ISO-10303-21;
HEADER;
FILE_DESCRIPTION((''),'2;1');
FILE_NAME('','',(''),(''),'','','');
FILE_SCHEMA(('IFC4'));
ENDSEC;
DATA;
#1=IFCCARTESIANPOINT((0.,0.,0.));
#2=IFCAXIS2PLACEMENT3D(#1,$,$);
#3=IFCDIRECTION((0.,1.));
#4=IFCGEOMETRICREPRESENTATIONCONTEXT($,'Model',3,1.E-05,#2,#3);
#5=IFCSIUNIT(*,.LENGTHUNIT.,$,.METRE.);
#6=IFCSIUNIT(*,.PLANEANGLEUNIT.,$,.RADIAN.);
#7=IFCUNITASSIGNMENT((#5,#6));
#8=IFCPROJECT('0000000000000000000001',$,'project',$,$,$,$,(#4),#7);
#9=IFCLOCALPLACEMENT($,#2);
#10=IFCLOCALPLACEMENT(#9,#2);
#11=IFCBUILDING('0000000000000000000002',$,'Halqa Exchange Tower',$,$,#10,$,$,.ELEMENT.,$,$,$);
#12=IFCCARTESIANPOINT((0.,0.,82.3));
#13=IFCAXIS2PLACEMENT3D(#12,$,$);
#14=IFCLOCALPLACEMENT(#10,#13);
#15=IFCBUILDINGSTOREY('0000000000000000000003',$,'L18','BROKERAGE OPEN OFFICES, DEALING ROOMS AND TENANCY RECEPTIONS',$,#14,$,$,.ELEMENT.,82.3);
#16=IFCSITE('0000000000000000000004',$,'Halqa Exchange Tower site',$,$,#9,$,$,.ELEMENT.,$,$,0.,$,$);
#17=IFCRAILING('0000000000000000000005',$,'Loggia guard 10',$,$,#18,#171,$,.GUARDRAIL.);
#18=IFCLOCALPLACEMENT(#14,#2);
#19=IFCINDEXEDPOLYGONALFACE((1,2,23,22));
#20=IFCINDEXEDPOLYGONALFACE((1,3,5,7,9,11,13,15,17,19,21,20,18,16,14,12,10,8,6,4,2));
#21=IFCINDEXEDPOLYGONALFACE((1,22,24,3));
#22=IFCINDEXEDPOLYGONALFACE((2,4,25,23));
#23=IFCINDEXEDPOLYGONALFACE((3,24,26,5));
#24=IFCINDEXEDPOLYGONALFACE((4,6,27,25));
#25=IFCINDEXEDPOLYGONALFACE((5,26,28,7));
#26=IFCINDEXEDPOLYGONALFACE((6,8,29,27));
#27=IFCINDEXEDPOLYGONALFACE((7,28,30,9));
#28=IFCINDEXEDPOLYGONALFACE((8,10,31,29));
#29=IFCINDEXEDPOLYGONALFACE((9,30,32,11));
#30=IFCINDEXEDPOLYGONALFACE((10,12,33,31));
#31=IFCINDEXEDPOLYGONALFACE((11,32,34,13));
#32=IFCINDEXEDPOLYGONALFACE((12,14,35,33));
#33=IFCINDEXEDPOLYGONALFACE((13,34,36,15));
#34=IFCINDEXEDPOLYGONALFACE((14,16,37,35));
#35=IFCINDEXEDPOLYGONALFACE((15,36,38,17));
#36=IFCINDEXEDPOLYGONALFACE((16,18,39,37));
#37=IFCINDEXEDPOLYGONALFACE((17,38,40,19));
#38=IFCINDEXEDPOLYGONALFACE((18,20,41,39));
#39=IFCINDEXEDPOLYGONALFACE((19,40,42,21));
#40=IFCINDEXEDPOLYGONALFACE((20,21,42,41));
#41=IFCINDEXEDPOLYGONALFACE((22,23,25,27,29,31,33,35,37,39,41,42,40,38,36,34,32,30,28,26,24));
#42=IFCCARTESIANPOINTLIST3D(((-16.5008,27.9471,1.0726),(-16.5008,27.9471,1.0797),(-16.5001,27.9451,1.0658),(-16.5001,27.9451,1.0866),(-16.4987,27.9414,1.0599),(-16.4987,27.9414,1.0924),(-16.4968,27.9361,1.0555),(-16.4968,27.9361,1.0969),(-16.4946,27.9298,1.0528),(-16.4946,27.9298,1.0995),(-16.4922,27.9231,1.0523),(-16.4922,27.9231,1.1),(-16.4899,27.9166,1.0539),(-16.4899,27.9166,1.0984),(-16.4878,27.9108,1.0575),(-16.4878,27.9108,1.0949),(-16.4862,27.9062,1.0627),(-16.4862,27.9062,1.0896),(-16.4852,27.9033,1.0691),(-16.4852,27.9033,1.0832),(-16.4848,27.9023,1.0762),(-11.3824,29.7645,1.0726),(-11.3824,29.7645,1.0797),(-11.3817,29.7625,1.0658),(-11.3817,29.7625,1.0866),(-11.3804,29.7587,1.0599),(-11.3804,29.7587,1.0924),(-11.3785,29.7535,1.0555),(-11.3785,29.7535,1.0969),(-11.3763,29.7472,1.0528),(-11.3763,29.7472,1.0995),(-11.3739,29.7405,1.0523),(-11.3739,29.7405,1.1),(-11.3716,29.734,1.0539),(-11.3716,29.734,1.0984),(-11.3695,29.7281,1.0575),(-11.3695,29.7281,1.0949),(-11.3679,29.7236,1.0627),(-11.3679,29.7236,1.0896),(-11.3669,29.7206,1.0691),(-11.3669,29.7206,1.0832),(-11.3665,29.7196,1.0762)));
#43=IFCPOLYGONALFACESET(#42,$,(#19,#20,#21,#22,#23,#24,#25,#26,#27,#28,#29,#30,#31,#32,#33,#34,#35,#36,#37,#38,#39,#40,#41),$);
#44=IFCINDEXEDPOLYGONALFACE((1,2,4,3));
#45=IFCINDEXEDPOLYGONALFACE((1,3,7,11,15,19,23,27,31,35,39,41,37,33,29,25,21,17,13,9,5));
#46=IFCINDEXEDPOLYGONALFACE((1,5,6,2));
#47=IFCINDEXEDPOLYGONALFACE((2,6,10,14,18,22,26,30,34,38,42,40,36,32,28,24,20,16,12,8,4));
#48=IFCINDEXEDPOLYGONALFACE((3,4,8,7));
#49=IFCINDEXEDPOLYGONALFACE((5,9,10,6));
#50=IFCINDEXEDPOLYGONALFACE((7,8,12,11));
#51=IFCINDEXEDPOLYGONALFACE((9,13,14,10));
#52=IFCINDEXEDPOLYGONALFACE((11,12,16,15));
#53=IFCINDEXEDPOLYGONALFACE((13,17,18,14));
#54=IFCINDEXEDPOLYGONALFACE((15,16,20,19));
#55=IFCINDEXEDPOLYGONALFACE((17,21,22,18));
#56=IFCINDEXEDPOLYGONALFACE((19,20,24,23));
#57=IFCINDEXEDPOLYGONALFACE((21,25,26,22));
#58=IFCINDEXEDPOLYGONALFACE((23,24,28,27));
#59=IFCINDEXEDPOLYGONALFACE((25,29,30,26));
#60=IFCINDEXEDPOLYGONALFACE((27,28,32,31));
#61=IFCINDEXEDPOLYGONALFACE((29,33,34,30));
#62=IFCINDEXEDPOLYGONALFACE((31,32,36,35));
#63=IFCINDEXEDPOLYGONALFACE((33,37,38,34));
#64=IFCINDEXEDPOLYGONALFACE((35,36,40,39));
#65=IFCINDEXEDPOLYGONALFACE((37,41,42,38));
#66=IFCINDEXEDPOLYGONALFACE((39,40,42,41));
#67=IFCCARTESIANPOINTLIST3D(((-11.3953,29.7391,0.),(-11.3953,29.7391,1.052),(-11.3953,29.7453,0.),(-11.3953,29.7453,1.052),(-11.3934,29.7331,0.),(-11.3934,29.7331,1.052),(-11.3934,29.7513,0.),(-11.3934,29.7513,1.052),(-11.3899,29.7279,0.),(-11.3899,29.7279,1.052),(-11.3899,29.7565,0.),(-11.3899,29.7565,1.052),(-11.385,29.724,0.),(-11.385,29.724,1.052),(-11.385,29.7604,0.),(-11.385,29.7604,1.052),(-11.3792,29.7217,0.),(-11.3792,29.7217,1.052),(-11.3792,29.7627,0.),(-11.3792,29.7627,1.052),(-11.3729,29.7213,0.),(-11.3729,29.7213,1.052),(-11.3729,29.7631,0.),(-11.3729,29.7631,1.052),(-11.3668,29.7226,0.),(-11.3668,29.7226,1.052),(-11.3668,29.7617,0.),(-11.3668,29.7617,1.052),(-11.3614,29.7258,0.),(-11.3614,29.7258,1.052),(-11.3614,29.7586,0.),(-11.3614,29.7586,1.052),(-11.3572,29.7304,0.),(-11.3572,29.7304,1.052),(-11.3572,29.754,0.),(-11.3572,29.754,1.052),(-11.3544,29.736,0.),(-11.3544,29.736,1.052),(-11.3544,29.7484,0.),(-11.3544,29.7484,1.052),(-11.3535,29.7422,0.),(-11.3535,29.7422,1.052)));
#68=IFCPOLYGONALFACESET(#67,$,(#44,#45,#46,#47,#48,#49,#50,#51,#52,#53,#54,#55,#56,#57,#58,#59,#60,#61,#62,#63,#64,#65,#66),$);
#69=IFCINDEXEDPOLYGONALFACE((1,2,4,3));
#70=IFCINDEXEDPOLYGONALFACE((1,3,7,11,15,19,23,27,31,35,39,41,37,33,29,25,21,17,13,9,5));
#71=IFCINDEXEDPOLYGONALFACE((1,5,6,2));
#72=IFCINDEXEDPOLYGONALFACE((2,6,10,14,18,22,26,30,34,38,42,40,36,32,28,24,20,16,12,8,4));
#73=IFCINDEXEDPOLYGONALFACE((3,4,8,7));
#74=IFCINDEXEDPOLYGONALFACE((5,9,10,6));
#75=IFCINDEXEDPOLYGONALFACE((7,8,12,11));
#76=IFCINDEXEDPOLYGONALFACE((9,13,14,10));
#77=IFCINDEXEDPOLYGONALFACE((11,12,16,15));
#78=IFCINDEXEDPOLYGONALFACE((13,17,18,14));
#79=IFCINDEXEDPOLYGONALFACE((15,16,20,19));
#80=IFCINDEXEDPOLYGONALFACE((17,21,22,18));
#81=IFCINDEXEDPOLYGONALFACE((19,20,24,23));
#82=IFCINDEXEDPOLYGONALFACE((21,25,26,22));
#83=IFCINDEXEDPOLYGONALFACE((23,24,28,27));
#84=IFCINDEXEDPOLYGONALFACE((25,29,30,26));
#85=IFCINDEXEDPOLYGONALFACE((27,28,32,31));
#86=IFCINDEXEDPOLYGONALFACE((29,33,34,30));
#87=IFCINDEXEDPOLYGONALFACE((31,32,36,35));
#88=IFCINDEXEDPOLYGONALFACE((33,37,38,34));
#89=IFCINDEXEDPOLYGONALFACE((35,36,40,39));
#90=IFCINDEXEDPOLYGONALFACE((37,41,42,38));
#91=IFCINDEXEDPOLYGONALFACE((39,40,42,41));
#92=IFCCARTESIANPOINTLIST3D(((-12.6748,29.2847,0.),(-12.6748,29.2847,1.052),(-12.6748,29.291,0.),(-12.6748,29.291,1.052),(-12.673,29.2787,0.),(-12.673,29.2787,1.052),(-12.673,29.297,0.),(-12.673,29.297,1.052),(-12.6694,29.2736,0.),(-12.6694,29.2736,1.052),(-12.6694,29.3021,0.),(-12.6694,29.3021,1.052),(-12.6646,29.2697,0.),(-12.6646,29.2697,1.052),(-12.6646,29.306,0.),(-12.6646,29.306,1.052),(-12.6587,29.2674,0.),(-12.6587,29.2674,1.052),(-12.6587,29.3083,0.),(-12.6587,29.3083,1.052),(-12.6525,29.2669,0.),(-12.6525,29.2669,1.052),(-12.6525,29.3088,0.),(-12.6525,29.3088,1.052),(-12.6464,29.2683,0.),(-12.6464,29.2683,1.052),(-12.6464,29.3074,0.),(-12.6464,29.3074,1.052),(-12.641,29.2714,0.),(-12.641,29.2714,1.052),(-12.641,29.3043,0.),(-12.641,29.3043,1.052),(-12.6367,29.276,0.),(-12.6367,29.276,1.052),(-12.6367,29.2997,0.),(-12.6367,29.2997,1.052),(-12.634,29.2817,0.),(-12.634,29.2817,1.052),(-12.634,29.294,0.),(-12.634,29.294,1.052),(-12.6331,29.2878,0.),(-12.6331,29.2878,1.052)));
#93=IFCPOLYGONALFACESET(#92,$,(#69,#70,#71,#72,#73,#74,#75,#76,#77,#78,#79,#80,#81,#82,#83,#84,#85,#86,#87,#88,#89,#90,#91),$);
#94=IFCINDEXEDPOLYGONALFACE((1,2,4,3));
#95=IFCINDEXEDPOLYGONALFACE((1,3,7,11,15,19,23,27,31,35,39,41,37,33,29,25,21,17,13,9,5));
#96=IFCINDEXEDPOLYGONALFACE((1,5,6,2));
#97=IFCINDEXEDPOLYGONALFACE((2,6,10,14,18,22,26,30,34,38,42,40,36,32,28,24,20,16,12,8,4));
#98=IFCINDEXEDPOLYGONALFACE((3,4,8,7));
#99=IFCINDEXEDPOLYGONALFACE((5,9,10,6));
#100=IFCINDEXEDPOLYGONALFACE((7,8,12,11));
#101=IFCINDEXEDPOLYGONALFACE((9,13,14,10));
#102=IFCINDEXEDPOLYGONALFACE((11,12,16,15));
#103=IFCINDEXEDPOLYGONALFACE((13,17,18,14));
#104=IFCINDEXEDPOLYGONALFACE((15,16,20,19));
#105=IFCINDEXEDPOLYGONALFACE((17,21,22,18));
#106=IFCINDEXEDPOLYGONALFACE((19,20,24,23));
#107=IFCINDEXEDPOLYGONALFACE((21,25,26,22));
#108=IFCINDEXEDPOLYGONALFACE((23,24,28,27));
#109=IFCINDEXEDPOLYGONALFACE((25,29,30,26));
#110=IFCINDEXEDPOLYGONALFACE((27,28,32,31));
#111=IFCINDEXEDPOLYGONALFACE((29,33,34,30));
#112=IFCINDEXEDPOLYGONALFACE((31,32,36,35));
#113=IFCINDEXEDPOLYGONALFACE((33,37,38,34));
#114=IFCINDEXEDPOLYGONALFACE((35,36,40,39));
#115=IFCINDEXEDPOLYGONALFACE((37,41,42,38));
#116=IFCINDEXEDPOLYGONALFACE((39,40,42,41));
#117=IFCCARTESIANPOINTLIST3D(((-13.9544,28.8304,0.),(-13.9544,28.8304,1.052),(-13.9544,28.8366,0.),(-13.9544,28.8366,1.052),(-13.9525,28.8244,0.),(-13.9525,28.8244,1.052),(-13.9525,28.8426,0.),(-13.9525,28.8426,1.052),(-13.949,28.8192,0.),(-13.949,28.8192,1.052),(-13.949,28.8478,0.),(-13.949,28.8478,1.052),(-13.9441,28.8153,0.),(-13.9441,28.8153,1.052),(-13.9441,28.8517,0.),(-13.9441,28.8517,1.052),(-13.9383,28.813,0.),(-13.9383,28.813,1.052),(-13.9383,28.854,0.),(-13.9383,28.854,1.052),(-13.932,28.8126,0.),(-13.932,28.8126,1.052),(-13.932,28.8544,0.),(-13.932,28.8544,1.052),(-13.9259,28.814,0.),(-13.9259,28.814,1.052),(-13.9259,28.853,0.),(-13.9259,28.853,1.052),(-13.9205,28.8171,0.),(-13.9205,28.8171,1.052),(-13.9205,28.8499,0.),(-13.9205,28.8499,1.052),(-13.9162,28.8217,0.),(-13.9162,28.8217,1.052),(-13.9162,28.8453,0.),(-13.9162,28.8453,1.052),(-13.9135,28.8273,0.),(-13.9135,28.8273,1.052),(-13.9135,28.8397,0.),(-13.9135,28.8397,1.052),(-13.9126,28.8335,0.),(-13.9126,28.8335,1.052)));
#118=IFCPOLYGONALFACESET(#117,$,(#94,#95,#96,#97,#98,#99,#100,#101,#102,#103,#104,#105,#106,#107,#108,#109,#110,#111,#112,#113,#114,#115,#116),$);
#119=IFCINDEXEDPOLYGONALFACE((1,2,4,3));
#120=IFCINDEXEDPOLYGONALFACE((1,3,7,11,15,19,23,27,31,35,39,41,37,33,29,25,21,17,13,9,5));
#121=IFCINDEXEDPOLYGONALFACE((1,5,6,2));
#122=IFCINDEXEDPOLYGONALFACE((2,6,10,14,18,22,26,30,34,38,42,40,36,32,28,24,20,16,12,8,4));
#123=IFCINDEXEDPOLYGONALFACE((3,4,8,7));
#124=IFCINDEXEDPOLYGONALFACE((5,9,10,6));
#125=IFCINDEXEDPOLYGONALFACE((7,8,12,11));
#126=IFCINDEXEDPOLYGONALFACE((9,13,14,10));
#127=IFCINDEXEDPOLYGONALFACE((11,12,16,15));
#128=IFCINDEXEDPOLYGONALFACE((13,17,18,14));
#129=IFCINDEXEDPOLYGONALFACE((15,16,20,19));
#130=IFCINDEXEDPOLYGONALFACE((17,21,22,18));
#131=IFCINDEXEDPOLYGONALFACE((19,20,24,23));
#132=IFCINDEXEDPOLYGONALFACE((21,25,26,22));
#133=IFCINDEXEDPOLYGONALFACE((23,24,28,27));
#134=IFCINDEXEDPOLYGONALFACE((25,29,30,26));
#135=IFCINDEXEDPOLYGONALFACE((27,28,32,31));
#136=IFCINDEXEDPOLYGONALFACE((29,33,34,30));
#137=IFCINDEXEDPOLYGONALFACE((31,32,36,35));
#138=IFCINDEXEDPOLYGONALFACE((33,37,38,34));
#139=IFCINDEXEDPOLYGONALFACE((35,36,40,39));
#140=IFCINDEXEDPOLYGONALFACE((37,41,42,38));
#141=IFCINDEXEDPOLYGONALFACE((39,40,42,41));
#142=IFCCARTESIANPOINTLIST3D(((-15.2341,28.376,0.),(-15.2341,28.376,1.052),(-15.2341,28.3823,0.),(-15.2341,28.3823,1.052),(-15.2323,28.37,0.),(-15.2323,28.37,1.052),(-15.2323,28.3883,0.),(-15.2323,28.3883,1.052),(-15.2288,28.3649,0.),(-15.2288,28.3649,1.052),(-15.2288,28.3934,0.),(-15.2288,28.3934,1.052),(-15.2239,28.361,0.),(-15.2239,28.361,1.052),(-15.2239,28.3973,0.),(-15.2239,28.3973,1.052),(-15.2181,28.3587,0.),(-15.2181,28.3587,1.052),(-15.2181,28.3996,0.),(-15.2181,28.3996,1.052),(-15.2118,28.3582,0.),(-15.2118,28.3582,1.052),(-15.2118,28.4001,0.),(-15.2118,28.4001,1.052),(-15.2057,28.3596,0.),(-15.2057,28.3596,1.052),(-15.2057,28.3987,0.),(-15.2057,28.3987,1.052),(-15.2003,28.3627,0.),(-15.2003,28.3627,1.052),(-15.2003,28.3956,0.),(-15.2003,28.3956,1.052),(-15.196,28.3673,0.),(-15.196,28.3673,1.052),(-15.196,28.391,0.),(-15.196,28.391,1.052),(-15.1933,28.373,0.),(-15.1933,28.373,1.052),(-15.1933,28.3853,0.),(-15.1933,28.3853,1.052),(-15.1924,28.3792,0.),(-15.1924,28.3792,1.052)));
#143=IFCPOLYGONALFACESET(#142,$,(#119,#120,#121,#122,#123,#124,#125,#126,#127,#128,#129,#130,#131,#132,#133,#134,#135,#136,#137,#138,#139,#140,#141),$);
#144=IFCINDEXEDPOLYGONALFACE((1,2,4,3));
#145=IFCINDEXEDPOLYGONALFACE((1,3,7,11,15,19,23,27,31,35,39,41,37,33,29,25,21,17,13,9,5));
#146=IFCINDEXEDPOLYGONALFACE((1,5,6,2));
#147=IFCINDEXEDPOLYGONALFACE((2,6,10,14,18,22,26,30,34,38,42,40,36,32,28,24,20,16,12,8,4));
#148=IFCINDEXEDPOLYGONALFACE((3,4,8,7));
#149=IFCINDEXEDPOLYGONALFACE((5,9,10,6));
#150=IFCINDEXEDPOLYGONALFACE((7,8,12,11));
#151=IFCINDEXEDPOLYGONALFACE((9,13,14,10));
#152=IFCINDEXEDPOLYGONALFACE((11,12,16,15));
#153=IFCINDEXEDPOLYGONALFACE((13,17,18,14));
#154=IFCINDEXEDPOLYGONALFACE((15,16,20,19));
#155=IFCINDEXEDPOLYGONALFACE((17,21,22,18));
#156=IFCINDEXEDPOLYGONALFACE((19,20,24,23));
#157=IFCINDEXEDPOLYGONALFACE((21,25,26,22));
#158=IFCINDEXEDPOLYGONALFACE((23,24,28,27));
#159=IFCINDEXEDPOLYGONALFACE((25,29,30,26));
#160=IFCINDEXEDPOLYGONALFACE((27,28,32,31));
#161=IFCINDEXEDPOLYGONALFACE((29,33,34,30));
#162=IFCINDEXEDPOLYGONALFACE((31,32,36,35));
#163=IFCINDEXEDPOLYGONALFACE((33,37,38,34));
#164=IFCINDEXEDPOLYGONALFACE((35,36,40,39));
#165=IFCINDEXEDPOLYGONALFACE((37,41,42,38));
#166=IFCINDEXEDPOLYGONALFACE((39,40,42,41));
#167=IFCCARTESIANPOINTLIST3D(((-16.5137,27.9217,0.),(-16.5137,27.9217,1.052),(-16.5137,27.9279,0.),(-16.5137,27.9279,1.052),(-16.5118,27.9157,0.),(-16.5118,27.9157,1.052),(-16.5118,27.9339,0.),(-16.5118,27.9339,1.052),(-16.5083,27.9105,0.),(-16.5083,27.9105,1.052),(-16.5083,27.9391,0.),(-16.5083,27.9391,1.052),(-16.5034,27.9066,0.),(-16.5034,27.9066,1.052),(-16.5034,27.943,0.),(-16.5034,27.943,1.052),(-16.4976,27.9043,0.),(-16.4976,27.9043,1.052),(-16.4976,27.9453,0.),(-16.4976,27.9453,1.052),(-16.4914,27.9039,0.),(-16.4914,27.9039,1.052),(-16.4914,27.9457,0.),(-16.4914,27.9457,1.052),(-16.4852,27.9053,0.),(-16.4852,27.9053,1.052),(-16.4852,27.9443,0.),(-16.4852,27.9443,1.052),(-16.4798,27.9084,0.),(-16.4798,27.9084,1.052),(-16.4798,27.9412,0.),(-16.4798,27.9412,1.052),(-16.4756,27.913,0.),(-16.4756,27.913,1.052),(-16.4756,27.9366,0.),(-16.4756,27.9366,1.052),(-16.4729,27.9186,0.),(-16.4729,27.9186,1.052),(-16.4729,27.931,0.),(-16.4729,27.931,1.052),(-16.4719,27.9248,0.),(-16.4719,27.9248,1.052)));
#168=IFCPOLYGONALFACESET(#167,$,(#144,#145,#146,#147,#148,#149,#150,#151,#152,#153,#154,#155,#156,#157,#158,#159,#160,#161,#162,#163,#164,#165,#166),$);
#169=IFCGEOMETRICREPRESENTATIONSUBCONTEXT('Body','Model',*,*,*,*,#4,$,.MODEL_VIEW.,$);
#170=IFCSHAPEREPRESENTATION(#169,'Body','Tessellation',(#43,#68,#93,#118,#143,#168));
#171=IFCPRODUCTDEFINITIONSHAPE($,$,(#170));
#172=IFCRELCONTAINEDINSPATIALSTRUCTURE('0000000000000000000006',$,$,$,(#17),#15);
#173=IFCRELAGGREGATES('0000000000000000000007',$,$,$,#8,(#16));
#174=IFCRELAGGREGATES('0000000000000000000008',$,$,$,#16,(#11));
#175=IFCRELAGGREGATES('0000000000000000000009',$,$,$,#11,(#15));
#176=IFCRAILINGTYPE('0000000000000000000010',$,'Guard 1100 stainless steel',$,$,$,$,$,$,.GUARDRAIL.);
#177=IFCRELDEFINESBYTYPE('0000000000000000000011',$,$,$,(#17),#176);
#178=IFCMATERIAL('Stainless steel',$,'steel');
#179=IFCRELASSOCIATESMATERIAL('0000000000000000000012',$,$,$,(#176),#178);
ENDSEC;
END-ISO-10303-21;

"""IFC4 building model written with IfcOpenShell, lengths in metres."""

from ifc_helpers import new_model, si_unit, direction, frame, origin, origin_2d, place, context, subcontext, project, spatial, circle, extrude, material, type_object, element, save


model = new_model("IFC4")

# Units and contexts
model_context = context("Model", 3, precision=1e-05, world=origin(), true_north=direction((0.0, 1.0)))
body_context = subcontext(model_context, "Body", "Model", "MODEL_VIEW")
ifc_project = project(units=[si_unit("LENGTHUNIT", "METRE"), si_unit("PLANEANGLEUNIT", "RADIAN")], contexts=[model_context])

# Site, building, storey
site_placement = place(None, origin())
site = spatial("IfcSite", under=ifc_project, at=site_placement, Name="Halqa Exchange Tower site", CompositionType="ELEMENT", RefElevation=0.0)
building_placement = place(site_placement, origin())
building = spatial("IfcBuilding", under=site, at=building_placement, Name="Halqa Exchange Tower", CompositionType="ELEMENT")
storey_placement = place(building_placement, frame((0.0, 0.0, 82.3)))
storey = spatial("IfcBuildingStorey", under=building, at=storey_placement, Name="L18", Description="BROKERAGE OPEN OFFICES, DEALING ROOMS AND TENANCY RECEPTIONS", CompositionType="ELEMENT", Elevation=82.3)

# Railing
ifc_material_1 = material(Name="Stainless steel", Category="steel")
railing_type_1 = type_object("IfcRailingType", Name="Guard 1100 stainless steel", PredefinedType="GUARDRAIL", material=ifc_material_1)
railing_1_placement = place(storey_placement, frame((-11.3745, 29.7422, 0.0)))
element("IfcRailing", 1, at=railing_1_placement, inside=storey, type_object=railing_type_1, Name="Loggia guard 10", PredefinedType="GUARDRAIL", context=body_context, shape_type="SweptSolid", body=[
    extrude(circle(Radius=0.0239, at=origin_2d()), frame((0.0, 0.0, 1.0762), z_axis=(-0.94236, -0.334602, 0.0), x_axis=(0.334602, -0.94236, 0.0)), (0.0, 0.0, 1.0), 5.4314),
    extrude(circle(Radius=0.021, at=origin_2d()), origin(), (0.0, 0.0, 1.0), 1.052),
    extrude(circle(Radius=0.021, at=origin_2d()), frame((-1.2795, -0.4543, 0.0)), (0.0, 0.0, 1.0), 1.052),
    extrude(circle(Radius=0.021, at=origin_2d()), frame((-2.5591, -0.9087, 0.0)), (0.0, 0.0, 1.0), 1.052),
    extrude(circle(Radius=0.021, at=origin_2d()), frame((-3.8389, -1.363, 0.0)), (0.0, 0.0, 1.0), 1.052),
    extrude(circle(Radius=0.021, at=origin_2d()), frame((-5.1184, -1.8174, 0.0)), (0.0, 0.0, 1.0), 1.052),
])

save(model, "model.ifc")
